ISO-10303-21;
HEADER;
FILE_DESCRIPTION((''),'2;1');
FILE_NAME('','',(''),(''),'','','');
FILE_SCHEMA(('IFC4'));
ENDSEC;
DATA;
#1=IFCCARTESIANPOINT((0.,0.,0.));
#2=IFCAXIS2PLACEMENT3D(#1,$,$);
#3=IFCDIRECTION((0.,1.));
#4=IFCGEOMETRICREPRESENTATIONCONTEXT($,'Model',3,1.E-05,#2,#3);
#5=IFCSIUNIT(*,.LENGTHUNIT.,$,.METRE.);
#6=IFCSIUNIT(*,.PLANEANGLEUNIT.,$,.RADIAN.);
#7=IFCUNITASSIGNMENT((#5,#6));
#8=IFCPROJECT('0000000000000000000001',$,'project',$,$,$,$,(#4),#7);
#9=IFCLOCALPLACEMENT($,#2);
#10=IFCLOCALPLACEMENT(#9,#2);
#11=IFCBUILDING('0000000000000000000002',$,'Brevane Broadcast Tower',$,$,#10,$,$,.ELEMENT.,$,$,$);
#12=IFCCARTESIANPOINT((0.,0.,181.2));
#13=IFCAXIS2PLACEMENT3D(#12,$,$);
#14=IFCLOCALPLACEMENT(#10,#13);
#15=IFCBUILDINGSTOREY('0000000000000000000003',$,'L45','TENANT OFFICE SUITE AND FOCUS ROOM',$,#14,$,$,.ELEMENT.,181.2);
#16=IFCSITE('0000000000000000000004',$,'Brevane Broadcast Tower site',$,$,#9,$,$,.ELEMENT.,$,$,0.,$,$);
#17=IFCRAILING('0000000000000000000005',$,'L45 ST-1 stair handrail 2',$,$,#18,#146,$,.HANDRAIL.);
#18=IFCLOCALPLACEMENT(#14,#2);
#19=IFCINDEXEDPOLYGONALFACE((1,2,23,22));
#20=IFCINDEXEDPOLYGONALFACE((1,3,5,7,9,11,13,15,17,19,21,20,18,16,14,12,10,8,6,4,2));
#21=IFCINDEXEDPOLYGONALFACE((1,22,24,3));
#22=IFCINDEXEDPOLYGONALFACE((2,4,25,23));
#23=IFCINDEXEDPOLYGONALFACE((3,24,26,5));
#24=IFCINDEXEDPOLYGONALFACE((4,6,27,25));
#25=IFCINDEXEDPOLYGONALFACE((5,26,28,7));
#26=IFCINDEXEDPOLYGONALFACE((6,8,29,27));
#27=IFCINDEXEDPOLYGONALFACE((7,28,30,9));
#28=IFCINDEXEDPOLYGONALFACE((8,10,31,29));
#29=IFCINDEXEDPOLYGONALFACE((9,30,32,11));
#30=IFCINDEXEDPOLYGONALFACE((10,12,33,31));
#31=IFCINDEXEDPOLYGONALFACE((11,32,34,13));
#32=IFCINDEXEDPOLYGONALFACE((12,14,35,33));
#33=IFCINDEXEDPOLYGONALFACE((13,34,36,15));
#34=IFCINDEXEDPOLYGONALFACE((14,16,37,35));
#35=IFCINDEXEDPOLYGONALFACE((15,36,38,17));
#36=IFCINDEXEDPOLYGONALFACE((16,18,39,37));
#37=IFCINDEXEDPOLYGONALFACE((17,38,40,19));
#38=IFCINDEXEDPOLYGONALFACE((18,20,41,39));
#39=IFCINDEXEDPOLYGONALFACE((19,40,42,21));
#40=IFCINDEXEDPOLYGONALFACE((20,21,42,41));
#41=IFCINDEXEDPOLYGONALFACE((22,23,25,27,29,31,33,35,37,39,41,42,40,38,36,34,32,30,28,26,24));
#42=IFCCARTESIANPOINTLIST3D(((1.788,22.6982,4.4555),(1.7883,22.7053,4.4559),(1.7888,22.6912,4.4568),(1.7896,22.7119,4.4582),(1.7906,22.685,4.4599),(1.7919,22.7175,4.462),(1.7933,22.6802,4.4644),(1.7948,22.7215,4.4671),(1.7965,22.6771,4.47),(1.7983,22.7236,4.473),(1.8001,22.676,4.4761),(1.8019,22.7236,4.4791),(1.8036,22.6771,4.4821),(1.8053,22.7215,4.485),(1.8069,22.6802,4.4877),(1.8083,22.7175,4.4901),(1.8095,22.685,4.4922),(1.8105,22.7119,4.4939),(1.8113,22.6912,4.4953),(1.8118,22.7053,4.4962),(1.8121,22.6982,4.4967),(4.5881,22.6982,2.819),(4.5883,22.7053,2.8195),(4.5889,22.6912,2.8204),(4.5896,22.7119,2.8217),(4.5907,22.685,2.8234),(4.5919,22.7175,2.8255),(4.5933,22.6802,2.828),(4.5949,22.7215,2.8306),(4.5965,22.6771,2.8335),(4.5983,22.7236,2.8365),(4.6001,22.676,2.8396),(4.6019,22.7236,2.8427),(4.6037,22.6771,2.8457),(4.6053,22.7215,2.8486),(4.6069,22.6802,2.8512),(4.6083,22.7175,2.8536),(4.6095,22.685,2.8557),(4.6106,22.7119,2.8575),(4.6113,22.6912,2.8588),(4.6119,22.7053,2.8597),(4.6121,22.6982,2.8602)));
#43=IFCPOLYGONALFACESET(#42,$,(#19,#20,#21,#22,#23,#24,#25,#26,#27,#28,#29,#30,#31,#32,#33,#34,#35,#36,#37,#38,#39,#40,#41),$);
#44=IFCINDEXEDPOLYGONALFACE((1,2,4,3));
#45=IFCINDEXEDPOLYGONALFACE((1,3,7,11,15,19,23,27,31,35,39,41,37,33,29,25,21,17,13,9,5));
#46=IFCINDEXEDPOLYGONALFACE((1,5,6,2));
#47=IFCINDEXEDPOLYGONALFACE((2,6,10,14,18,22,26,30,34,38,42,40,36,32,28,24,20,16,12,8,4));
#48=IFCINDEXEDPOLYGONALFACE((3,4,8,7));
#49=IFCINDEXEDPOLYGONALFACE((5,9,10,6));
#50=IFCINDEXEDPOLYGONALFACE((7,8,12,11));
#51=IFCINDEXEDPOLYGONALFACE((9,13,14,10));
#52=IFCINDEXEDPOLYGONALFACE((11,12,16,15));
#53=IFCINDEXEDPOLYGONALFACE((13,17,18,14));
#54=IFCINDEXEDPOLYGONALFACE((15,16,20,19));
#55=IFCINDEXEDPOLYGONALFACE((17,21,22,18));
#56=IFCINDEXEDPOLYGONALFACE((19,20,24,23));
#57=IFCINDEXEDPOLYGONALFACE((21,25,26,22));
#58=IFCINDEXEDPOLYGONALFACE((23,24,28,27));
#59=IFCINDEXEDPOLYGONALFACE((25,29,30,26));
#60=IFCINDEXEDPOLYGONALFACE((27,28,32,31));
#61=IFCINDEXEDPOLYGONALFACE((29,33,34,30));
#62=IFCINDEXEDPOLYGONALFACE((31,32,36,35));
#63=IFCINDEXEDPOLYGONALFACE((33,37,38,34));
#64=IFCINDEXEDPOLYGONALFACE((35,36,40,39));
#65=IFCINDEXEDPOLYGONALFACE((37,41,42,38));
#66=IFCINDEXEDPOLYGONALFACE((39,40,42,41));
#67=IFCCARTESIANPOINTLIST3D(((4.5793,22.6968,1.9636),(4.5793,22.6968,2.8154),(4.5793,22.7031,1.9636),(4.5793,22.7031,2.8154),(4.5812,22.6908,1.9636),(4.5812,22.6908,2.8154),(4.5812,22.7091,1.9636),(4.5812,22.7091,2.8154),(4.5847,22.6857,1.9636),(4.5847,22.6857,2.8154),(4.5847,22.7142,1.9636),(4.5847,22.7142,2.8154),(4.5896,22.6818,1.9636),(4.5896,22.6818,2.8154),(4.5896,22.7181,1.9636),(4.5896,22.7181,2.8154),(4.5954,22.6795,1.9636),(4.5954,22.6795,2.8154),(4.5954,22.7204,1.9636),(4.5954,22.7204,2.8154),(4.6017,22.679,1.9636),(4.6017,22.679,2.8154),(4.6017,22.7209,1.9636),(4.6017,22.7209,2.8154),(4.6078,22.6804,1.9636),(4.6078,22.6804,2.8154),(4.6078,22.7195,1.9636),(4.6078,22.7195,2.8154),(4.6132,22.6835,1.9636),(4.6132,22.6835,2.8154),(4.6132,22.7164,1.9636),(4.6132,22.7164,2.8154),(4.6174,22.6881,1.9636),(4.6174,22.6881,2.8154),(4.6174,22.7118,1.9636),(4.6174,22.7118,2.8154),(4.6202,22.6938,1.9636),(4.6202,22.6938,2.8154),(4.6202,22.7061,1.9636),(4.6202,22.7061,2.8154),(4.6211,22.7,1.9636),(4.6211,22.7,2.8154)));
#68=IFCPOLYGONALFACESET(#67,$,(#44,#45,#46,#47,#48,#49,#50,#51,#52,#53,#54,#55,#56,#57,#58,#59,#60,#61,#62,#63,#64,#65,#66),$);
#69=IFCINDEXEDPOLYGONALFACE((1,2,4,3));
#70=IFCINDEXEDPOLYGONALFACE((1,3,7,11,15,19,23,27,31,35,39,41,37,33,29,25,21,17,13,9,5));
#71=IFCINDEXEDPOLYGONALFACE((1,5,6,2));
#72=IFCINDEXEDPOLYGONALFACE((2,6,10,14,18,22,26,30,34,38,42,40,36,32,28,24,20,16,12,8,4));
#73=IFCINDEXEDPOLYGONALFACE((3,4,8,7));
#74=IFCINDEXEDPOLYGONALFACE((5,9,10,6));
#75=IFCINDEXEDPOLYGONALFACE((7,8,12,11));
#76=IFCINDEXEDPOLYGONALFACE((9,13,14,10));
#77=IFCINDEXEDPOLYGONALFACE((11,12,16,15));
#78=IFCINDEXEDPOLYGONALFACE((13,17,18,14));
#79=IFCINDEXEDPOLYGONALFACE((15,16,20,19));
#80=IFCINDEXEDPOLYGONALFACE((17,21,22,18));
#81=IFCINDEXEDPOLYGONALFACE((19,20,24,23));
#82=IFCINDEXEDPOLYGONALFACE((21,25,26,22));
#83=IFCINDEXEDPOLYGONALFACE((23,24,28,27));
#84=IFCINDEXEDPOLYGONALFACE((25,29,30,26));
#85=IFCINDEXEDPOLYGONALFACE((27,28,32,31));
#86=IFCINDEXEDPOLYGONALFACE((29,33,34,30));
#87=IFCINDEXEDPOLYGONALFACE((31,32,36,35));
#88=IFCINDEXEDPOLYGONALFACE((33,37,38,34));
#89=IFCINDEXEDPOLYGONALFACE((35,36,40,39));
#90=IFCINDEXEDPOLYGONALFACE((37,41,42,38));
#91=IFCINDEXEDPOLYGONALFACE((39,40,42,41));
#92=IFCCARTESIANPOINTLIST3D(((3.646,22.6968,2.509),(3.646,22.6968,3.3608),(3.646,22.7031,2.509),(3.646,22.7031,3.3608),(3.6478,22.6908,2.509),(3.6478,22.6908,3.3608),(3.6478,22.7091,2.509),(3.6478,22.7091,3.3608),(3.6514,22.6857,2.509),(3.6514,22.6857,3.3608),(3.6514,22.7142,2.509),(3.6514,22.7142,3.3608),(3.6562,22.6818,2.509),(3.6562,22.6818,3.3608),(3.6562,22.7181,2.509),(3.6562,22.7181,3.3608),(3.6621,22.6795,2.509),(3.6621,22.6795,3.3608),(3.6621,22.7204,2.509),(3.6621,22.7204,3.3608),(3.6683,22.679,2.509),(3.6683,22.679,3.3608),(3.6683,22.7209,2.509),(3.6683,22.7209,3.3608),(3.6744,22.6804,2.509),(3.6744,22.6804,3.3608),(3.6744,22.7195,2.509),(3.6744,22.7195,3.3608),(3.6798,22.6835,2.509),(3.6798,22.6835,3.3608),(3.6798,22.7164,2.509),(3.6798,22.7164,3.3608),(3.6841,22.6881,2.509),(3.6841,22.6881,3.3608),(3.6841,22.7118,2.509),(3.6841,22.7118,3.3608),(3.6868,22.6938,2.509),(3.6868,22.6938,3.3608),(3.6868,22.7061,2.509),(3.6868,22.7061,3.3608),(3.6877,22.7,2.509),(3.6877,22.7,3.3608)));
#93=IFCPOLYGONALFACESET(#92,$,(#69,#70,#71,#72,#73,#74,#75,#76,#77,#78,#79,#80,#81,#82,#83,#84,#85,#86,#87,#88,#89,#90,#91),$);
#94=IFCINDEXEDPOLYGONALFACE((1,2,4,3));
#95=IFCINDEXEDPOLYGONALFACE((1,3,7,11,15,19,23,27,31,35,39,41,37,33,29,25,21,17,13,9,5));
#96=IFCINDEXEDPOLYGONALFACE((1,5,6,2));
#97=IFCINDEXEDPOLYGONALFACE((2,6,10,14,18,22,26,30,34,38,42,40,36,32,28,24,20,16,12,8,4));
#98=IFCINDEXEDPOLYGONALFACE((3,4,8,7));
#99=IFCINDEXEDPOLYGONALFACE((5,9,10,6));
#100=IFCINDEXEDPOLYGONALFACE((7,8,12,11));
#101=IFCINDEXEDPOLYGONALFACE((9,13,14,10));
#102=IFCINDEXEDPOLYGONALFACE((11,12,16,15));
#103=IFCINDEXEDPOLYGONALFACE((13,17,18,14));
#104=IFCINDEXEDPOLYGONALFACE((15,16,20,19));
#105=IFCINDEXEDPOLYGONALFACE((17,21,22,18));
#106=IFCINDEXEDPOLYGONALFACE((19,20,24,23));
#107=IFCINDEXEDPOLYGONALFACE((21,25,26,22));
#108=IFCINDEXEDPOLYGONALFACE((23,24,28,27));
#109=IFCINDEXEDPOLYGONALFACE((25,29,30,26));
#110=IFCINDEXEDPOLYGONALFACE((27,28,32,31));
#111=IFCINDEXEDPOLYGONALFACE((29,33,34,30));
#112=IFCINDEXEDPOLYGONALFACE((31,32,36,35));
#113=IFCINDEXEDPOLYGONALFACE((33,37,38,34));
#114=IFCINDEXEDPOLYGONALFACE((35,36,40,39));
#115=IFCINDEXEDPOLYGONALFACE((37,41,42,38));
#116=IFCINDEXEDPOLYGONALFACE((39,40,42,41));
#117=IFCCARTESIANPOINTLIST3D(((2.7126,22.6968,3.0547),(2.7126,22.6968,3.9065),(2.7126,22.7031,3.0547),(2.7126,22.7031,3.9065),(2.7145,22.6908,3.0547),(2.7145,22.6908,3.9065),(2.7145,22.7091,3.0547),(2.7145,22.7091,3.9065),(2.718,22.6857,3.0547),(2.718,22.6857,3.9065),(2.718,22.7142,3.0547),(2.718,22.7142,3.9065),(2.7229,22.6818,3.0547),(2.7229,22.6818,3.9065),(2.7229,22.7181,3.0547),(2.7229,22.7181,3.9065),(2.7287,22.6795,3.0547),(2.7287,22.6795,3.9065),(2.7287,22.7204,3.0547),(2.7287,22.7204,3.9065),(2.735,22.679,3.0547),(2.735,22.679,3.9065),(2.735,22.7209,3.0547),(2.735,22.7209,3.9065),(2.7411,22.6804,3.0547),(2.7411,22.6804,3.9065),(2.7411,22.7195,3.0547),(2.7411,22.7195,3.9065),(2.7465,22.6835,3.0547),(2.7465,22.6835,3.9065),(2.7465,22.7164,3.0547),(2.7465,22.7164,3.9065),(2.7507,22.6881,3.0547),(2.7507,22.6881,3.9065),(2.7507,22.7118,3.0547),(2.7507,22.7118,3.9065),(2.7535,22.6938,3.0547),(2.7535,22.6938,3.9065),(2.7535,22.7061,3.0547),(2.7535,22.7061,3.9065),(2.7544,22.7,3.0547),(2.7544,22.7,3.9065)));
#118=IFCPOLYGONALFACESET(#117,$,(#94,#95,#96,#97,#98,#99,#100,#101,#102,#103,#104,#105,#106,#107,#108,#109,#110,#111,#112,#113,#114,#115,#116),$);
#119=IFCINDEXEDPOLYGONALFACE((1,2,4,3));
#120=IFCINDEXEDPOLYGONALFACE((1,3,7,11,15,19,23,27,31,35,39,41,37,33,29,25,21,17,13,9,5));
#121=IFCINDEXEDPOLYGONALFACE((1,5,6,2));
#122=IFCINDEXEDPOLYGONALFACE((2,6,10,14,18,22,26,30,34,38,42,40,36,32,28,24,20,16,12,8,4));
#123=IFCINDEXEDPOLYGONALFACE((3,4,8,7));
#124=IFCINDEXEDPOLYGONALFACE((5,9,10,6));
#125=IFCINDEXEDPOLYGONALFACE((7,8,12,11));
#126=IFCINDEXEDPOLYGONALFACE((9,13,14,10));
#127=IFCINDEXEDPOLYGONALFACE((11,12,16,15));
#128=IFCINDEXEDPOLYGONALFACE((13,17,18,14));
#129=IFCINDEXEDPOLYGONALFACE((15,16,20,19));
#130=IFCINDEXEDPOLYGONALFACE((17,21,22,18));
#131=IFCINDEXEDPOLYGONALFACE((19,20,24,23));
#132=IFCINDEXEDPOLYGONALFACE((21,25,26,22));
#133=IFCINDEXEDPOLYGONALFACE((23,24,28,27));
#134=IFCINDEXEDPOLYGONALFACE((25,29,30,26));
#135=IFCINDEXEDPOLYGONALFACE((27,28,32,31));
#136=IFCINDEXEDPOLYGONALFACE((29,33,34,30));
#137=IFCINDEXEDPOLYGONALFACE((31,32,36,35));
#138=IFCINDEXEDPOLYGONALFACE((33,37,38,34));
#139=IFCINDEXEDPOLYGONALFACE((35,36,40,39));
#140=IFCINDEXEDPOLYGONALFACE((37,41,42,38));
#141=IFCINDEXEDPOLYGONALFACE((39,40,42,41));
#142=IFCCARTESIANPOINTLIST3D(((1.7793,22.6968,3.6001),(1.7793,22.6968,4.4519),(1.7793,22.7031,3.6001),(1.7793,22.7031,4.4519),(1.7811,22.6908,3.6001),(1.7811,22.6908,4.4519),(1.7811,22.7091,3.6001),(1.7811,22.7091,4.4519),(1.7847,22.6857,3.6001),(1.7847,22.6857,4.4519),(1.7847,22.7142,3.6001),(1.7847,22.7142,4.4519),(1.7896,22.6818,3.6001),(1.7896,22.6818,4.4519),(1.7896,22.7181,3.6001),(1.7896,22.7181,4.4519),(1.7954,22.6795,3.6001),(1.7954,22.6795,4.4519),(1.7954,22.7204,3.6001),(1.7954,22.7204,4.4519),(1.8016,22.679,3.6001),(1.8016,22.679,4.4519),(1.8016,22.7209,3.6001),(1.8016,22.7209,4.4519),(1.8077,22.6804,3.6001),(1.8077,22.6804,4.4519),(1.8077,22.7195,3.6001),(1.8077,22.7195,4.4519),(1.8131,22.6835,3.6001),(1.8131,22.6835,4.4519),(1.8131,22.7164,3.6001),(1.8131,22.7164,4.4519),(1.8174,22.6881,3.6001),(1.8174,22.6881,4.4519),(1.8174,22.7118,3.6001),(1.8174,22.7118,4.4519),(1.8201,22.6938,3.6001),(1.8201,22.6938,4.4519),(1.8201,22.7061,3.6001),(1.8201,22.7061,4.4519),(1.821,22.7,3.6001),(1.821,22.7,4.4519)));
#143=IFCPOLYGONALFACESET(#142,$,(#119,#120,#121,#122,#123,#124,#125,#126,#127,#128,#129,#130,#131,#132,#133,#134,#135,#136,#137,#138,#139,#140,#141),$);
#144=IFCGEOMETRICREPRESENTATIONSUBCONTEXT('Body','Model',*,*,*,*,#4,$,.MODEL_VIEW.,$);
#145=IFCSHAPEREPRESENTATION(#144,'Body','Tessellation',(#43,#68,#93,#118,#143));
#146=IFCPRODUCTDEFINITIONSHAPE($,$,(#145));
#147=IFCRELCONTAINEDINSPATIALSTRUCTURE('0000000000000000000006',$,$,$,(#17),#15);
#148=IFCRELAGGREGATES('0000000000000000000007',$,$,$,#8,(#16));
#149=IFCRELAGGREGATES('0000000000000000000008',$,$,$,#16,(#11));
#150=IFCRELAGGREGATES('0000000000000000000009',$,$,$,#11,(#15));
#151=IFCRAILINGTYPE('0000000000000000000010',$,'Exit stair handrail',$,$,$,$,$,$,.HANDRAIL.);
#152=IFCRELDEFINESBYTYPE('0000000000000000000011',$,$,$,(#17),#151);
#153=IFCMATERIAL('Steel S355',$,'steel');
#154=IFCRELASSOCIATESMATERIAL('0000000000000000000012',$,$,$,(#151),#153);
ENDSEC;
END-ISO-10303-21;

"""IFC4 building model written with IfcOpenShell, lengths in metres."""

from ifc_helpers import new_model, si_unit, direction, frame, origin, origin_2d, place, context, subcontext, project, spatial, circle, extrude, material, type_object, element, save


model = new_model("IFC4")

# Units and contexts
model_context = context("Model", 3, precision=1e-05, world=origin(), true_north=direction((0.0, 1.0)))
body_context = subcontext(model_context, "Body", "Model", "MODEL_VIEW")
ifc_project = project(units=[si_unit("LENGTHUNIT", "METRE"), si_unit("PLANEANGLEUNIT", "RADIAN")], contexts=[model_context])

# Site, building, storey
site_placement = place(None, origin())
site = spatial("IfcSite", under=ifc_project, at=site_placement, Name="Brevane Broadcast Tower site", CompositionType="ELEMENT", RefElevation=0.0)
building_placement = place(site_placement, origin())
building = spatial("IfcBuilding", under=site, at=building_placement, Name="Brevane Broadcast Tower", CompositionType="ELEMENT")
storey_placement = place(building_placement, frame((0.0, 0.0, 181.2)))
storey = spatial("IfcBuildingStorey", under=building, at=storey_placement, Name="L45", Description="TENANT OFFICE SUITE AND FOCUS ROOM", CompositionType="ELEMENT", Elevation=181.2)

# Railing
ifc_material_1 = material(Name="Steel S355", Category="steel")
railing_type_1 = type_object("IfcRailingType", Name="Exit stair handrail", PredefinedType="HANDRAIL", material=ifc_material_1)
railing_1_placement = place(storey_placement, frame((4.6001, 22.7, 1.9636)))
element("IfcRailing", 1, at=railing_1_placement, inside=storey, type_object=railing_type_1, Name="L45 ST-1 stair handrail 2", PredefinedType="HANDRAIL", context=body_context, shape_type="SweptSolid", body=[
    extrude(circle(Radius=0.0239, at=origin_2d()), frame((0.0, 0.0, 0.876), z_axis=(-0.863361, 0.0, 0.504587), x_axis=(0.0, -1.0, 0.0)), (0.0, 0.0, 1.0), 3.2432),
    extrude(circle(Radius=0.021, at=origin_2d()), origin(), (0.0, 0.0, 1.0), 0.8518),
    extrude(circle(Radius=0.021, at=origin_2d()), frame((-0.9333, 0.0, 0.5454)), (0.0, 0.0, 1.0), 0.8518),
    extrude(circle(Radius=0.021, at=origin_2d()), frame((-1.8667, 0.0, 1.0911)), (0.0, 0.0, 1.0), 0.8518),
    extrude(circle(Radius=0.021, at=origin_2d()), frame((-2.8, 0.0, 1.6365)), (0.0, 0.0, 1.0), 0.8518),
])

save(model, "model.ifc")
